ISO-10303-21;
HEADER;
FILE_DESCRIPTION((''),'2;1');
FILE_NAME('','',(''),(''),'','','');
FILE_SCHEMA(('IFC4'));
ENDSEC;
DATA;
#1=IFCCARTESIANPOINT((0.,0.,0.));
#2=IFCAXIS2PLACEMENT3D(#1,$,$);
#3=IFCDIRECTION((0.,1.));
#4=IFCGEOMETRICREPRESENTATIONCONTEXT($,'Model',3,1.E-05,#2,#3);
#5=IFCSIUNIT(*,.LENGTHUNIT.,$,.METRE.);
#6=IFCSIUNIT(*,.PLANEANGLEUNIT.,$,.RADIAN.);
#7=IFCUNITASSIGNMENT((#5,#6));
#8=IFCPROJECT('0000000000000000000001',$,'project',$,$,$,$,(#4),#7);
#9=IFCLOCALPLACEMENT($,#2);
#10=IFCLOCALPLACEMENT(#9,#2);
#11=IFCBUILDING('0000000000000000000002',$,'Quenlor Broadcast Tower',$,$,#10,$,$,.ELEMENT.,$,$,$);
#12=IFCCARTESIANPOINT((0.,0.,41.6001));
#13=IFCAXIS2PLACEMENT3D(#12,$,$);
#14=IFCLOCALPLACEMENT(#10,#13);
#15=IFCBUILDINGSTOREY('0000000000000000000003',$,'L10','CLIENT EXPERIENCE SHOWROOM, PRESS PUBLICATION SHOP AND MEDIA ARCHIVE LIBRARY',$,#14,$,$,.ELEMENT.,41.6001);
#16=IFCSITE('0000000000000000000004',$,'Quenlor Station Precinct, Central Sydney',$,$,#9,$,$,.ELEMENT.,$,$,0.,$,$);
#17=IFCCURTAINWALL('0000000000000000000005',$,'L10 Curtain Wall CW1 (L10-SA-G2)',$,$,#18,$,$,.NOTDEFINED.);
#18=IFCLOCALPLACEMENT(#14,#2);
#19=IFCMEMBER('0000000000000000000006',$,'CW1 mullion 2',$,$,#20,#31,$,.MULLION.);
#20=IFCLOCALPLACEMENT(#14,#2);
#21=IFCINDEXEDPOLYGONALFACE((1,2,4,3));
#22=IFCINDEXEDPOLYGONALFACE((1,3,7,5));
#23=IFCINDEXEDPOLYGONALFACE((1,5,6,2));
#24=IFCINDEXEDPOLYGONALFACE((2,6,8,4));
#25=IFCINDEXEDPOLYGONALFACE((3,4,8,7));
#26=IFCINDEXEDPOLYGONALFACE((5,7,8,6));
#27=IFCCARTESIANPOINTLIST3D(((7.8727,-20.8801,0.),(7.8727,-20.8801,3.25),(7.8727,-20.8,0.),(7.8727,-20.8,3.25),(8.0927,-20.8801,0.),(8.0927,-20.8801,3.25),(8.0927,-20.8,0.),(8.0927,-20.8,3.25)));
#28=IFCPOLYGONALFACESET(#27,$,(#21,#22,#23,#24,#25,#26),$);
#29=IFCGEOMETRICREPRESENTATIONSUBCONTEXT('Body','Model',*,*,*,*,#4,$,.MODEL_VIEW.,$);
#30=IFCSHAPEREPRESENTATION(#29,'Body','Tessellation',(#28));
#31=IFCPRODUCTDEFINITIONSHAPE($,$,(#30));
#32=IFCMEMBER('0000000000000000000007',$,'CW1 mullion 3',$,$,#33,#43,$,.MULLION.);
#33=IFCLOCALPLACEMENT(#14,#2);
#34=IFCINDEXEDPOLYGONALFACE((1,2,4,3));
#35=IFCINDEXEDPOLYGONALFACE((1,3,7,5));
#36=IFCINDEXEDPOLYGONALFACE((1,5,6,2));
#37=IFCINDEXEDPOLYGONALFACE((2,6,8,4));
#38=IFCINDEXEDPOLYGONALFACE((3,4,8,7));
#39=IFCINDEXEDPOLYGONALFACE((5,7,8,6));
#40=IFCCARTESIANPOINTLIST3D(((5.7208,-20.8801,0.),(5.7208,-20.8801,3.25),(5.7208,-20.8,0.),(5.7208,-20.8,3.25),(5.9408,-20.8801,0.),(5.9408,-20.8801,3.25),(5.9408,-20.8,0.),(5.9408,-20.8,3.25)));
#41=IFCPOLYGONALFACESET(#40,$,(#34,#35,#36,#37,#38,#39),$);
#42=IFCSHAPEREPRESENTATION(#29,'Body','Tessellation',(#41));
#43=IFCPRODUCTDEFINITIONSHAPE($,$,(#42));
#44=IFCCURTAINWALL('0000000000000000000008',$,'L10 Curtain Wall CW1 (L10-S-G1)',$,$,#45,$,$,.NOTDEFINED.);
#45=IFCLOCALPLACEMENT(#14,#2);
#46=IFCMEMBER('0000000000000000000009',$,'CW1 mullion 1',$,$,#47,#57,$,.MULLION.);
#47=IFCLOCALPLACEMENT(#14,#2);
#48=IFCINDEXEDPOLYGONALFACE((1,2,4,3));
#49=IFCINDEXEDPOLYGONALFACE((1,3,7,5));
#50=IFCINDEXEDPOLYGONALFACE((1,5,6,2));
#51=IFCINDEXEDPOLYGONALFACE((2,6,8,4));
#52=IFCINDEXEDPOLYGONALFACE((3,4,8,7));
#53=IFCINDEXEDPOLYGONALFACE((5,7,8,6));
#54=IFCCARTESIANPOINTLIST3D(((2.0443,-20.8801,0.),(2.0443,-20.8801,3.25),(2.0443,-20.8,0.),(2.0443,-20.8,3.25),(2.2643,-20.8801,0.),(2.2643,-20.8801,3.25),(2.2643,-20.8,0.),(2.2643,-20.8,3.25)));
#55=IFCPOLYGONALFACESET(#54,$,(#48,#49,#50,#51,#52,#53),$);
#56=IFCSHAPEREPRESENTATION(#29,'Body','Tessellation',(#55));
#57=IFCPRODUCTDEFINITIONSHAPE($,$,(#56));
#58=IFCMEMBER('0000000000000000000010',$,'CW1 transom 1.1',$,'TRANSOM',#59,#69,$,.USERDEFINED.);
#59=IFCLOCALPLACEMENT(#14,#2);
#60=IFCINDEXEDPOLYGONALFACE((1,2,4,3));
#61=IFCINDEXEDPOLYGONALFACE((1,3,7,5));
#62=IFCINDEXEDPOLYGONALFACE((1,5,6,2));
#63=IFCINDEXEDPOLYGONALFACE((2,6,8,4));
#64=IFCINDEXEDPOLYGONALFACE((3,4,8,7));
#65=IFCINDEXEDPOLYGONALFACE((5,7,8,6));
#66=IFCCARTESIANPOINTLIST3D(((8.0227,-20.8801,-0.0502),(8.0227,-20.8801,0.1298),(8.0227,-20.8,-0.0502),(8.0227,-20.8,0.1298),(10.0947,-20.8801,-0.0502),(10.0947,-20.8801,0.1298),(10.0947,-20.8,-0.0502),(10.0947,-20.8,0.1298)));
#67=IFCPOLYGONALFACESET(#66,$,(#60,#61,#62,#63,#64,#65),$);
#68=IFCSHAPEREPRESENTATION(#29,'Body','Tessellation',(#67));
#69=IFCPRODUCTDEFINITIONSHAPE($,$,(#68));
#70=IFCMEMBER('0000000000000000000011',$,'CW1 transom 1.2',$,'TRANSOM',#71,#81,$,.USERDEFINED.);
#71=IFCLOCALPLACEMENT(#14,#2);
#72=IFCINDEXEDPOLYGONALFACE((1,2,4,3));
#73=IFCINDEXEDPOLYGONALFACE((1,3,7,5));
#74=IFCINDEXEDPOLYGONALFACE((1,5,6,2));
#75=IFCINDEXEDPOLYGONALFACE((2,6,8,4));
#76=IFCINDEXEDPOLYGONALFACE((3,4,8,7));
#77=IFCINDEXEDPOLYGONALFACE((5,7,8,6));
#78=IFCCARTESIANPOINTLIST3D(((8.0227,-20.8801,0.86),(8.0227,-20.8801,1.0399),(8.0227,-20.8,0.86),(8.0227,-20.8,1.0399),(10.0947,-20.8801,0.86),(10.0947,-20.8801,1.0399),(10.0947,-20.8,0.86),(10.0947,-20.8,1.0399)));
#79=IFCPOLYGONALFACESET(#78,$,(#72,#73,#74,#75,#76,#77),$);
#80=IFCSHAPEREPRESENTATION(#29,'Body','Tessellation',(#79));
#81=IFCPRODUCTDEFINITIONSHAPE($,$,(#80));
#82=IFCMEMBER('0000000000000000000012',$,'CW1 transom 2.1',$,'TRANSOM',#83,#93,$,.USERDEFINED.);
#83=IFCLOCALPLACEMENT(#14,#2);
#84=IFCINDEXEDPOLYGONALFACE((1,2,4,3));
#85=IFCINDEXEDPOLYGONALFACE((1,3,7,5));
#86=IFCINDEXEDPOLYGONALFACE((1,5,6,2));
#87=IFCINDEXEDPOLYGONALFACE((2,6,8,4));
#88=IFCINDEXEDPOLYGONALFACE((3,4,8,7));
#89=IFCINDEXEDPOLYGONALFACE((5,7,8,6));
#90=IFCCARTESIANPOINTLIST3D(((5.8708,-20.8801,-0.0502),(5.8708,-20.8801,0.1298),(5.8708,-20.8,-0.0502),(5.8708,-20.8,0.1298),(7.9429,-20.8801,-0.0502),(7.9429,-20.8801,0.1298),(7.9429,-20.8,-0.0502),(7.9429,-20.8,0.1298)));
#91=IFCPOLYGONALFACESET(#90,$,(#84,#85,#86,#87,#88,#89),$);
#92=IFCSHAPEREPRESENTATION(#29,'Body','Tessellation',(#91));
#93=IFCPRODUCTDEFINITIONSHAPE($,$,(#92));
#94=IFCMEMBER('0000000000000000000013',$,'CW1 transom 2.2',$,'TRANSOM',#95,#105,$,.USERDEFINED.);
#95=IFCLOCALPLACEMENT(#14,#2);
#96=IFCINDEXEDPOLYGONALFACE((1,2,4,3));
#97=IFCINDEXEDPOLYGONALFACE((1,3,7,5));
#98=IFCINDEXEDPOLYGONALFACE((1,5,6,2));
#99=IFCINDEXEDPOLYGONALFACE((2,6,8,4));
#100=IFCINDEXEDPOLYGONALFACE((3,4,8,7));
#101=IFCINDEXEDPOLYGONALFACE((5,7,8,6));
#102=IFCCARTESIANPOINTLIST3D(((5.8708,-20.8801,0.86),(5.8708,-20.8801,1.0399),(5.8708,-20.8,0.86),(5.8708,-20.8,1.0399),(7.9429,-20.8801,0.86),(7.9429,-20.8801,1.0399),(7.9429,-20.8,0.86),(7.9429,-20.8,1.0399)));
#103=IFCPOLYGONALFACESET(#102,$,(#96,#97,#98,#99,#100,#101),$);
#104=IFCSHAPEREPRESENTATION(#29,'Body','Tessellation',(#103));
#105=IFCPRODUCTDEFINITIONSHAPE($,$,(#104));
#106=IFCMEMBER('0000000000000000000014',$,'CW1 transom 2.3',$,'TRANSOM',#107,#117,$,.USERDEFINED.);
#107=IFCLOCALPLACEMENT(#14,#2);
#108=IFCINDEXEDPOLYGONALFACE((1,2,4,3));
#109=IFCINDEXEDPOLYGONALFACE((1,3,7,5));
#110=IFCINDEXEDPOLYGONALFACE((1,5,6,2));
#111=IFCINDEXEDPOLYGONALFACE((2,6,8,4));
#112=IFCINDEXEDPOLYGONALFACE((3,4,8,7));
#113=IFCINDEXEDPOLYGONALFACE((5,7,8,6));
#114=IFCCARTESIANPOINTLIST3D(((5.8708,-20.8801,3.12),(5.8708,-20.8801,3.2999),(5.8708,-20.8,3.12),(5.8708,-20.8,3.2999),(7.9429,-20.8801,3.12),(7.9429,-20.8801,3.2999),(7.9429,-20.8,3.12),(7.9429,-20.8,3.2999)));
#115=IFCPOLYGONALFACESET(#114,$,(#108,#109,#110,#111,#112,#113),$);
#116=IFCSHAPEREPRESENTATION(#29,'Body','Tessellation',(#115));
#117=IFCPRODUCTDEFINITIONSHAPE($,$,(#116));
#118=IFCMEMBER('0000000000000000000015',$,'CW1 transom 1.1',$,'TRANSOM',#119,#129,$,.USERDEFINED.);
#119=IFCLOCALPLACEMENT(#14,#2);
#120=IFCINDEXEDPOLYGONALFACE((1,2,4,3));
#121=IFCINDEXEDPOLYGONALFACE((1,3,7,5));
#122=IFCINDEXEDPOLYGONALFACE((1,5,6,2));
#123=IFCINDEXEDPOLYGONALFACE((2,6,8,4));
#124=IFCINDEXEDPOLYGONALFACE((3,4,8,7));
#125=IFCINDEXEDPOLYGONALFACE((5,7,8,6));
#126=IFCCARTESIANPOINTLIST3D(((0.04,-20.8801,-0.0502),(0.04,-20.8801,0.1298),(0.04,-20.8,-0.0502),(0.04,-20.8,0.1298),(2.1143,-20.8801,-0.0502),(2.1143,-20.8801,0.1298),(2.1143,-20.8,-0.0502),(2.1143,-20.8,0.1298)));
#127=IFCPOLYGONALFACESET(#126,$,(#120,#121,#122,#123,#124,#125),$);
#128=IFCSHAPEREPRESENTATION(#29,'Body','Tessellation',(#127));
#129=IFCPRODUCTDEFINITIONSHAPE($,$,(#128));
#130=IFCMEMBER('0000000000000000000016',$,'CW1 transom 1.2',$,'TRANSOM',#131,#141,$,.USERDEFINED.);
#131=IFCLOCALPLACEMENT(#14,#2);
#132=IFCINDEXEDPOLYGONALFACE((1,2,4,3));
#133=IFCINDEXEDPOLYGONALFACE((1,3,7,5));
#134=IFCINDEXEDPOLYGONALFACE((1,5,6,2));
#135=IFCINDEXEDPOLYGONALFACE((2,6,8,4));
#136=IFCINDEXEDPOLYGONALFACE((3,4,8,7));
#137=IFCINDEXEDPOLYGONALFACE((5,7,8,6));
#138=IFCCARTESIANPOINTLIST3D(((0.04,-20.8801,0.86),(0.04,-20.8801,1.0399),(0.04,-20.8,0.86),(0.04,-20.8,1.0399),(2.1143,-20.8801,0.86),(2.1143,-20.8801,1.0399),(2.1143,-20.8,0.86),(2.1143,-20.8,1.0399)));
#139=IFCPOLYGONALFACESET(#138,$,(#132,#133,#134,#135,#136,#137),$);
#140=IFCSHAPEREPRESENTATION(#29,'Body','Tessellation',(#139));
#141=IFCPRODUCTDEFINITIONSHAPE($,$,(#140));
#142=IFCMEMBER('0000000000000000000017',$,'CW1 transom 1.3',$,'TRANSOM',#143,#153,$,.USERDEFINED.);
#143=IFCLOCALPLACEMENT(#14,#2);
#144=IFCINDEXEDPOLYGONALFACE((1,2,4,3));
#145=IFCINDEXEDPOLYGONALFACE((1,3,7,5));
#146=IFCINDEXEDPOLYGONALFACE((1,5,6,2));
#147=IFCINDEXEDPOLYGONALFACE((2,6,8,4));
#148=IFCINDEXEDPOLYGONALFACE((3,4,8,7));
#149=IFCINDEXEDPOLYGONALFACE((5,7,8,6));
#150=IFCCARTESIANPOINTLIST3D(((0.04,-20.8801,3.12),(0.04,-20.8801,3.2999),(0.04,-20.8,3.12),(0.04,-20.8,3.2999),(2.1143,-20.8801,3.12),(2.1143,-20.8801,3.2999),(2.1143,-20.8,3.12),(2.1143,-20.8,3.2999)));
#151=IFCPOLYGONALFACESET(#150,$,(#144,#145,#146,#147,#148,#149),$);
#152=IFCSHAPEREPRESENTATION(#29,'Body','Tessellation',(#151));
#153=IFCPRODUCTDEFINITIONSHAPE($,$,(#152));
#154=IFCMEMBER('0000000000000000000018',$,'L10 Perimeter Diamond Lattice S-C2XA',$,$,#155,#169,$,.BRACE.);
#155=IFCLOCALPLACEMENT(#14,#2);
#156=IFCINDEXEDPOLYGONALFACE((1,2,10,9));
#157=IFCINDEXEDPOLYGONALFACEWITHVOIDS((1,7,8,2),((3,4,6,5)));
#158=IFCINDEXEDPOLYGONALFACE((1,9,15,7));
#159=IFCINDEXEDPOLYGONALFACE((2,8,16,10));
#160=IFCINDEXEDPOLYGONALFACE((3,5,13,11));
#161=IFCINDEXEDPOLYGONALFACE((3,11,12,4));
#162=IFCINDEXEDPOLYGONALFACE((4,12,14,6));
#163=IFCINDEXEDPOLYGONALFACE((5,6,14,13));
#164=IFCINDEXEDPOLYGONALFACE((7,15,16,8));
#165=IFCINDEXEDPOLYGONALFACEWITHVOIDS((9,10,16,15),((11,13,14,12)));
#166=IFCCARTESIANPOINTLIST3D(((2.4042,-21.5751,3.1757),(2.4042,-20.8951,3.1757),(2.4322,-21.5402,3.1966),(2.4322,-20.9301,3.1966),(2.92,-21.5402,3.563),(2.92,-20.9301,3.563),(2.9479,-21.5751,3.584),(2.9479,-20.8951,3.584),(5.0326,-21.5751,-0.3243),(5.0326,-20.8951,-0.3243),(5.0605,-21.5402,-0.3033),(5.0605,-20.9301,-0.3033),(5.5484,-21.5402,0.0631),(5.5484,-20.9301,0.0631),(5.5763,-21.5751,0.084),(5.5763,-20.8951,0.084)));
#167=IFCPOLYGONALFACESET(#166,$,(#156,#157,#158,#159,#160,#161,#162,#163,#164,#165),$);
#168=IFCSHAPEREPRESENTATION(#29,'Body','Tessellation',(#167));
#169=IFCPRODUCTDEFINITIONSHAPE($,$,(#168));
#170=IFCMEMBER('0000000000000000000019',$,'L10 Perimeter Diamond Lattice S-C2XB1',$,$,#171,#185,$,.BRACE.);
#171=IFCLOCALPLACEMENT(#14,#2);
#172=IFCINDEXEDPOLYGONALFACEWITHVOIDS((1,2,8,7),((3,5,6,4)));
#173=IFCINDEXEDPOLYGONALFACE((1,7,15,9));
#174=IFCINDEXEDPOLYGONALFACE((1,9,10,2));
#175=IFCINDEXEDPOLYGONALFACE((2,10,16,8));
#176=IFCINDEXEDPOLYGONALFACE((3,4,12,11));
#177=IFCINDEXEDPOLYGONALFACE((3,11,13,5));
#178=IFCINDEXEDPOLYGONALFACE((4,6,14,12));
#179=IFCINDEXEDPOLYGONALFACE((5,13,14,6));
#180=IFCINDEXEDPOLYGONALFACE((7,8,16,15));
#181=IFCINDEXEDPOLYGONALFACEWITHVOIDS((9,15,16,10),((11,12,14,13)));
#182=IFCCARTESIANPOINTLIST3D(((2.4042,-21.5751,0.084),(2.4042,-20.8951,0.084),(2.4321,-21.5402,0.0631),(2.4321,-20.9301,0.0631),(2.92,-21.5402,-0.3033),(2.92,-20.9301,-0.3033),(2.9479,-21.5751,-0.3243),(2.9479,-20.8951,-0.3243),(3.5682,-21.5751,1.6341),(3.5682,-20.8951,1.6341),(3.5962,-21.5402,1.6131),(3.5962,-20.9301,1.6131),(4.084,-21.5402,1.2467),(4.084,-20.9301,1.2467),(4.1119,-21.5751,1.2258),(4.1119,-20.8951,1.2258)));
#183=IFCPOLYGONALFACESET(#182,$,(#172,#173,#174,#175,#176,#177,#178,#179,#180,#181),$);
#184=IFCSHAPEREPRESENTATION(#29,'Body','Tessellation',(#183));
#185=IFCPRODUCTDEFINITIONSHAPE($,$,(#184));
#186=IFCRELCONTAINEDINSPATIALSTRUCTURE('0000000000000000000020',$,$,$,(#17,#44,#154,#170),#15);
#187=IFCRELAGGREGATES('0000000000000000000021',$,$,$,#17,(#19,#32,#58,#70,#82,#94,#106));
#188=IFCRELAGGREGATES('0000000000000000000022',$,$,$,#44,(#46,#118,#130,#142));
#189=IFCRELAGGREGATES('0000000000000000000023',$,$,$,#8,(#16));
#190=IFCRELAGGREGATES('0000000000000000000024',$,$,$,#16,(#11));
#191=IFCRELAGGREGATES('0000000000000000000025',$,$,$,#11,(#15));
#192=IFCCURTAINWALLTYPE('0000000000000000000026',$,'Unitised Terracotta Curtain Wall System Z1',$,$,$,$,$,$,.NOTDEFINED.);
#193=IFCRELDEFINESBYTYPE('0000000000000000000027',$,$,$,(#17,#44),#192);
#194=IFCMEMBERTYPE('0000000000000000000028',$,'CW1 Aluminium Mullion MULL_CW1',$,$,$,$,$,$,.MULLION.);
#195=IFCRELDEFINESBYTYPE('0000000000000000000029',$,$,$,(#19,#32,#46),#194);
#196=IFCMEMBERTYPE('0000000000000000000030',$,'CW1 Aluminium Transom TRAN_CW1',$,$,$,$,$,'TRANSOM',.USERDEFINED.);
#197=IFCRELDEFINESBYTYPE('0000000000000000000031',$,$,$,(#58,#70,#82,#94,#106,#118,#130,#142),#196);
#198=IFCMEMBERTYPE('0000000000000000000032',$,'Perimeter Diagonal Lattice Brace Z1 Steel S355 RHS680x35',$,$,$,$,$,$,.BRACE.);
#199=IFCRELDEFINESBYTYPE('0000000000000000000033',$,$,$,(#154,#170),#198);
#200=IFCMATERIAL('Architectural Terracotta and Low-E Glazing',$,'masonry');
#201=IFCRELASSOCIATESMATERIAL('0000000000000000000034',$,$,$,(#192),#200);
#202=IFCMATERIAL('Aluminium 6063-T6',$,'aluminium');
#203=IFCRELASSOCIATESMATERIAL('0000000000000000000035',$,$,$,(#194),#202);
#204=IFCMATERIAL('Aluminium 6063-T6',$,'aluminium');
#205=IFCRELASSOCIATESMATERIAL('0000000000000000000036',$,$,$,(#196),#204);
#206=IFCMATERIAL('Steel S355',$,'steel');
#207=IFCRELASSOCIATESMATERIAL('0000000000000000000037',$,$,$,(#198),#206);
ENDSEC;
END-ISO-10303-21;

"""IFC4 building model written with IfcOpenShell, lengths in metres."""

from ifc_helpers import new_model, si_unit, direction, frame, origin, origin_2d, place, context, subcontext, project, spatial, rectangle, hollow_rectangle, extrude, material, material_profile, profile_set, type_object, element, aggregate, save


model = new_model("IFC4")

# Units and contexts
model_context = context("Model", 3, precision=1e-05, world=origin(), true_north=direction((0.0, 1.0)))
body_context = subcontext(model_context, "Body", "Model", "MODEL_VIEW")
ifc_project = project(units=[si_unit("LENGTHUNIT", "METRE"), si_unit("PLANEANGLEUNIT", "RADIAN")], contexts=[model_context])

# Site, building, storey
site_placement = place(None, origin())
site = spatial("IfcSite", under=ifc_project, at=site_placement, Name="Quenlor Station Precinct, Central Sydney", CompositionType="ELEMENT", RefElevation=0.0)
building_placement = place(site_placement, origin())
building = spatial("IfcBuilding", under=site, at=building_placement, Name="Quenlor Broadcast Tower", CompositionType="ELEMENT")
storey_placement = place(building_placement, frame((0.0, 0.0, 41.6001)))
storey = spatial("IfcBuildingStorey", under=building, at=storey_placement, Name="L10", Description="CLIENT EXPERIENCE SHOWROOM, PRESS PUBLICATION SHOP AND MEDIA ARCHIVE LIBRARY", CompositionType="ELEMENT", Elevation=41.6001)

# Curtain wall, members
ifc_material_1 = material(Name="Architectural Terracotta and Low-E Glazing", Category="masonry")
curtain_wall_type = type_object("IfcCurtainWallType", Name="Unitised Terracotta Curtain Wall System Z1", PredefinedType="NOTDEFINED", material=ifc_material_1)
curtain_wall_1_placement = place(storey_placement, origin())
curtain_wall_1 = element("IfcCurtainWall", 1, at=curtain_wall_1_placement, inside=storey, type_object=curtain_wall_type, Name="L10 Curtain Wall CW1 (L10-SA-G2)", PredefinedType="NOTDEFINED")
ifc_material_2 = material(Name="Aluminium 6063-T6", Category="aluminium")
ifc_material_profile_1 = material_profile(ifc_material_2, rectangle(XDim=0.0801, YDim=0.22, at=origin_2d()))
ifc_profile_set_1 = profile_set([ifc_material_profile_1], Name="Aluminium 6063-T6 MULL80x220")
member_type_1 = type_object("IfcMemberType", Name="CW1 Aluminium Mullion MULL_CW1", PredefinedType="MULLION", material=ifc_profile_set_1)
member_1_placement = place(storey_placement, frame((7.9827, -20.8401, 0.0), z_axis=(0.0, 0.0, 1.0), x_axis=(0.0, -1.0, 0.0)))
member_1 = element("IfcMember", 2, at=member_1_placement, type_object=member_type_1, Name="CW1 mullion 2", PredefinedType="MULLION", context=body_context, shape_type="SweptSolid", body=[
    extrude(rectangle(XDim=0.0801, YDim=0.22, at=origin_2d()), origin(), (0.0, 0.0, 1.0), 3.25),
])
member_2_placement = place(storey_placement, frame((5.8308, -20.8401, 0.0), z_axis=(0.0, 0.0, 1.0), x_axis=(0.0, -1.0, 0.0)))
member_2 = element("IfcMember", 3, at=member_2_placement, type_object=member_type_1, Name="CW1 mullion 3", PredefinedType="MULLION", context=body_context, shape_type="SweptSolid", body=[
    extrude(rectangle(XDim=0.0801, YDim=0.22, at=origin_2d()), origin(), (0.0, 0.0, 1.0), 3.25),
])

# Curtain wall, member
curtain_wall_2_placement = place(storey_placement, origin())
curtain_wall_2 = element("IfcCurtainWall", 4, at=curtain_wall_2_placement, inside=storey, type_object=curtain_wall_type, Name="L10 Curtain Wall CW1 (L10-S-G1)", PredefinedType="NOTDEFINED")
member_3_placement = place(storey_placement, frame((2.1543, -20.8401, 0.0), z_axis=(0.0, 0.0, 1.0), x_axis=(0.0, -1.0, 0.0)))
member_3 = element("IfcMember", 5, at=member_3_placement, type_object=member_type_1, Name="CW1 mullion 1", PredefinedType="MULLION", context=body_context, shape_type="SweptSolid", body=[
    extrude(rectangle(XDim=0.0801, YDim=0.22, at=origin_2d()), origin(), (0.0, 0.0, 1.0), 3.25),
])

# Members
ifc_material_3 = material(Name="Aluminium 6063-T6", Category="aluminium")
ifc_material_profile_2 = material_profile(ifc_material_3, rectangle(XDim=0.0801, YDim=0.1799, at=origin_2d()))
ifc_profile_set_2 = profile_set([ifc_material_profile_2], Name="Aluminium 6063-T6 TRAN80x180")
member_type_2 = type_object("IfcMemberType", Name="CW1 Aluminium Transom TRAN_CW1", ElementType="TRANSOM", PredefinedType="USERDEFINED", material=ifc_profile_set_2)
member_4_placement = place(storey_placement, frame((10.0947, -20.8401, 0.0398), z_axis=(-1.0, 0.0, 0.0), x_axis=(0.0, -1.0, 0.0)))
member_4 = element("IfcMember", 6, at=member_4_placement, type_object=member_type_2, Name="CW1 transom 1.1", ObjectType="TRANSOM", PredefinedType="USERDEFINED", context=body_context, shape_type="SweptSolid", body=[
    extrude(rectangle(XDim=0.0801, YDim=0.1799, at=origin_2d()), origin(), (0.0, 0.0, 1.0), 2.072),
])
member_5_placement = place(storey_placement, frame((10.0947, -20.8401, 0.95), z_axis=(-1.0, 0.0, 0.0), x_axis=(0.0, -1.0, 0.0)))
member_5 = element("IfcMember", 7, at=member_5_placement, type_object=member_type_2, Name="CW1 transom 1.2", ObjectType="TRANSOM", PredefinedType="USERDEFINED", context=body_context, shape_type="SweptSolid", body=[
    extrude(rectangle(XDim=0.0801, YDim=0.1799, at=origin_2d()), origin(), (0.0, 0.0, 1.0), 2.072),
])
member_6_placement = place(storey_placement, frame((7.9429, -20.8401, 0.0398), z_axis=(-1.0, 0.0, 0.0), x_axis=(0.0, -1.0, 0.0)))
member_6 = element("IfcMember", 8, at=member_6_placement, type_object=member_type_2, Name="CW1 transom 2.1", ObjectType="TRANSOM", PredefinedType="USERDEFINED", context=body_context, shape_type="SweptSolid", body=[
    extrude(rectangle(XDim=0.0801, YDim=0.1799, at=origin_2d()), origin(), (0.0, 0.0, 1.0), 2.072),
])
member_7_placement = place(storey_placement, frame((7.9429, -20.8401, 0.95), z_axis=(-1.0, 0.0, 0.0), x_axis=(0.0, -1.0, 0.0)))
member_7 = element("IfcMember", 9, at=member_7_placement, type_object=member_type_2, Name="CW1 transom 2.2", ObjectType="TRANSOM", PredefinedType="USERDEFINED", context=body_context, shape_type="SweptSolid", body=[
    extrude(rectangle(XDim=0.0801, YDim=0.1799, at=origin_2d()), origin(), (0.0, 0.0, 1.0), 2.072),
])
member_8_placement = place(storey_placement, frame((7.9429, -20.8401, 3.21), z_axis=(-1.0, 0.0, 0.0), x_axis=(0.0, -1.0, 0.0)))
member_8 = element("IfcMember", 10, at=member_8_placement, type_object=member_type_2, Name="CW1 transom 2.3", ObjectType="TRANSOM", PredefinedType="USERDEFINED", context=body_context, shape_type="SweptSolid", body=[
    extrude(rectangle(XDim=0.0801, YDim=0.1799, at=origin_2d()), origin(), (0.0, 0.0, 1.0), 2.072),
])
member_9_placement = place(storey_placement, frame((2.1143, -20.8401, 0.0398), z_axis=(-1.0, 0.0, 0.0), x_axis=(0.0, -1.0, 0.0)))
member_9 = element("IfcMember", 11, at=member_9_placement, type_object=member_type_2, Name="CW1 transom 1.1", ObjectType="TRANSOM", PredefinedType="USERDEFINED", context=body_context, shape_type="SweptSolid", body=[
    extrude(rectangle(XDim=0.0801, YDim=0.1799, at=origin_2d()), origin(), (0.0, 0.0, 1.0), 2.0742),
])
member_10_placement = place(storey_placement, frame((2.1143, -20.8401, 0.95), z_axis=(-1.0, 0.0, 0.0), x_axis=(0.0, -1.0, 0.0)))
member_10 = element("IfcMember", 12, at=member_10_placement, type_object=member_type_2, Name="CW1 transom 1.2", ObjectType="TRANSOM", PredefinedType="USERDEFINED", context=body_context, shape_type="SweptSolid", body=[
    extrude(rectangle(XDim=0.0801, YDim=0.1799, at=origin_2d()), origin(), (0.0, 0.0, 1.0), 2.0742),
])
member_11_placement = place(storey_placement, frame((2.1143, -20.8401, 3.21), z_axis=(-1.0, 0.0, 0.0), x_axis=(0.0, -1.0, 0.0)))
member_11 = element("IfcMember", 13, at=member_11_placement, type_object=member_type_2, Name="CW1 transom 1.3", ObjectType="TRANSOM", PredefinedType="USERDEFINED", context=body_context, shape_type="SweptSolid", body=[
    extrude(rectangle(XDim=0.0801, YDim=0.1799, at=origin_2d()), origin(), (0.0, 0.0, 1.0), 2.0742),
])

# Members
ifc_material_4 = material(Name="Steel S355", Category="steel")
ifc_material_profile_3 = material_profile(ifc_material_4, hollow_rectangle(XDim=0.6799, YDim=0.6799, WallThickness=0.0349, at=origin_2d()))
ifc_profile_set_3 = profile_set([ifc_material_profile_3], Name="Steel S355 RHS680x680x35")
member_type_3 = type_object("IfcMemberType", Name="Perimeter Diagonal Lattice Brace Z1 Steel S355 RHS680x35", PredefinedType="BRACE", material=ifc_profile_set_3)
member_12_placement = place(storey_placement, frame((5.3044, -21.2351, -0.1201), z_axis=(-0.6005, 0.0, 0.799625), x_axis=(0.0, -1.0, 0.0)))
element("IfcMember", 14, at=member_12_placement, inside=storey, type_object=member_type_3, Name="L10 Perimeter Diamond Lattice S-C2XA", PredefinedType="BRACE", context=body_context, shape_type="SweptSolid", body=[
    extrude(hollow_rectangle(XDim=0.6799, YDim=0.6799, WallThickness=0.0349, at=origin_2d()), origin(), (0.0, 0.0, 1.0), 4.377),
])
for number, where, z_axis, x_axis, name in (
    (15, (2.676, -21.2351, -0.1201), (0.600504, 0.0, 0.799622), (0.0, 1.0, 0.0), "L10 Perimeter Diamond Lattice S-C2XB1"),
):
    element("IfcMember", number, at=place(storey_placement, frame(where, z_axis=z_axis, x_axis=x_axis)), inside=storey, type_object=member_type_3, Name=name, PredefinedType="BRACE", context=body_context, shape_type="SweptSolid", body=[
        extrude(hollow_rectangle(XDim=0.6799, YDim=0.6799, WallThickness=0.0349, at=origin_2d()), origin(), (0.0, 0.0, 1.0), 1.9385),
    ])

aggregate(curtain_wall_1, [member_1, member_2, member_4, member_5, member_6, member_7, member_8])
aggregate(curtain_wall_2, [member_3, member_9, member_10, member_11])

save(model, "model.ifc")
